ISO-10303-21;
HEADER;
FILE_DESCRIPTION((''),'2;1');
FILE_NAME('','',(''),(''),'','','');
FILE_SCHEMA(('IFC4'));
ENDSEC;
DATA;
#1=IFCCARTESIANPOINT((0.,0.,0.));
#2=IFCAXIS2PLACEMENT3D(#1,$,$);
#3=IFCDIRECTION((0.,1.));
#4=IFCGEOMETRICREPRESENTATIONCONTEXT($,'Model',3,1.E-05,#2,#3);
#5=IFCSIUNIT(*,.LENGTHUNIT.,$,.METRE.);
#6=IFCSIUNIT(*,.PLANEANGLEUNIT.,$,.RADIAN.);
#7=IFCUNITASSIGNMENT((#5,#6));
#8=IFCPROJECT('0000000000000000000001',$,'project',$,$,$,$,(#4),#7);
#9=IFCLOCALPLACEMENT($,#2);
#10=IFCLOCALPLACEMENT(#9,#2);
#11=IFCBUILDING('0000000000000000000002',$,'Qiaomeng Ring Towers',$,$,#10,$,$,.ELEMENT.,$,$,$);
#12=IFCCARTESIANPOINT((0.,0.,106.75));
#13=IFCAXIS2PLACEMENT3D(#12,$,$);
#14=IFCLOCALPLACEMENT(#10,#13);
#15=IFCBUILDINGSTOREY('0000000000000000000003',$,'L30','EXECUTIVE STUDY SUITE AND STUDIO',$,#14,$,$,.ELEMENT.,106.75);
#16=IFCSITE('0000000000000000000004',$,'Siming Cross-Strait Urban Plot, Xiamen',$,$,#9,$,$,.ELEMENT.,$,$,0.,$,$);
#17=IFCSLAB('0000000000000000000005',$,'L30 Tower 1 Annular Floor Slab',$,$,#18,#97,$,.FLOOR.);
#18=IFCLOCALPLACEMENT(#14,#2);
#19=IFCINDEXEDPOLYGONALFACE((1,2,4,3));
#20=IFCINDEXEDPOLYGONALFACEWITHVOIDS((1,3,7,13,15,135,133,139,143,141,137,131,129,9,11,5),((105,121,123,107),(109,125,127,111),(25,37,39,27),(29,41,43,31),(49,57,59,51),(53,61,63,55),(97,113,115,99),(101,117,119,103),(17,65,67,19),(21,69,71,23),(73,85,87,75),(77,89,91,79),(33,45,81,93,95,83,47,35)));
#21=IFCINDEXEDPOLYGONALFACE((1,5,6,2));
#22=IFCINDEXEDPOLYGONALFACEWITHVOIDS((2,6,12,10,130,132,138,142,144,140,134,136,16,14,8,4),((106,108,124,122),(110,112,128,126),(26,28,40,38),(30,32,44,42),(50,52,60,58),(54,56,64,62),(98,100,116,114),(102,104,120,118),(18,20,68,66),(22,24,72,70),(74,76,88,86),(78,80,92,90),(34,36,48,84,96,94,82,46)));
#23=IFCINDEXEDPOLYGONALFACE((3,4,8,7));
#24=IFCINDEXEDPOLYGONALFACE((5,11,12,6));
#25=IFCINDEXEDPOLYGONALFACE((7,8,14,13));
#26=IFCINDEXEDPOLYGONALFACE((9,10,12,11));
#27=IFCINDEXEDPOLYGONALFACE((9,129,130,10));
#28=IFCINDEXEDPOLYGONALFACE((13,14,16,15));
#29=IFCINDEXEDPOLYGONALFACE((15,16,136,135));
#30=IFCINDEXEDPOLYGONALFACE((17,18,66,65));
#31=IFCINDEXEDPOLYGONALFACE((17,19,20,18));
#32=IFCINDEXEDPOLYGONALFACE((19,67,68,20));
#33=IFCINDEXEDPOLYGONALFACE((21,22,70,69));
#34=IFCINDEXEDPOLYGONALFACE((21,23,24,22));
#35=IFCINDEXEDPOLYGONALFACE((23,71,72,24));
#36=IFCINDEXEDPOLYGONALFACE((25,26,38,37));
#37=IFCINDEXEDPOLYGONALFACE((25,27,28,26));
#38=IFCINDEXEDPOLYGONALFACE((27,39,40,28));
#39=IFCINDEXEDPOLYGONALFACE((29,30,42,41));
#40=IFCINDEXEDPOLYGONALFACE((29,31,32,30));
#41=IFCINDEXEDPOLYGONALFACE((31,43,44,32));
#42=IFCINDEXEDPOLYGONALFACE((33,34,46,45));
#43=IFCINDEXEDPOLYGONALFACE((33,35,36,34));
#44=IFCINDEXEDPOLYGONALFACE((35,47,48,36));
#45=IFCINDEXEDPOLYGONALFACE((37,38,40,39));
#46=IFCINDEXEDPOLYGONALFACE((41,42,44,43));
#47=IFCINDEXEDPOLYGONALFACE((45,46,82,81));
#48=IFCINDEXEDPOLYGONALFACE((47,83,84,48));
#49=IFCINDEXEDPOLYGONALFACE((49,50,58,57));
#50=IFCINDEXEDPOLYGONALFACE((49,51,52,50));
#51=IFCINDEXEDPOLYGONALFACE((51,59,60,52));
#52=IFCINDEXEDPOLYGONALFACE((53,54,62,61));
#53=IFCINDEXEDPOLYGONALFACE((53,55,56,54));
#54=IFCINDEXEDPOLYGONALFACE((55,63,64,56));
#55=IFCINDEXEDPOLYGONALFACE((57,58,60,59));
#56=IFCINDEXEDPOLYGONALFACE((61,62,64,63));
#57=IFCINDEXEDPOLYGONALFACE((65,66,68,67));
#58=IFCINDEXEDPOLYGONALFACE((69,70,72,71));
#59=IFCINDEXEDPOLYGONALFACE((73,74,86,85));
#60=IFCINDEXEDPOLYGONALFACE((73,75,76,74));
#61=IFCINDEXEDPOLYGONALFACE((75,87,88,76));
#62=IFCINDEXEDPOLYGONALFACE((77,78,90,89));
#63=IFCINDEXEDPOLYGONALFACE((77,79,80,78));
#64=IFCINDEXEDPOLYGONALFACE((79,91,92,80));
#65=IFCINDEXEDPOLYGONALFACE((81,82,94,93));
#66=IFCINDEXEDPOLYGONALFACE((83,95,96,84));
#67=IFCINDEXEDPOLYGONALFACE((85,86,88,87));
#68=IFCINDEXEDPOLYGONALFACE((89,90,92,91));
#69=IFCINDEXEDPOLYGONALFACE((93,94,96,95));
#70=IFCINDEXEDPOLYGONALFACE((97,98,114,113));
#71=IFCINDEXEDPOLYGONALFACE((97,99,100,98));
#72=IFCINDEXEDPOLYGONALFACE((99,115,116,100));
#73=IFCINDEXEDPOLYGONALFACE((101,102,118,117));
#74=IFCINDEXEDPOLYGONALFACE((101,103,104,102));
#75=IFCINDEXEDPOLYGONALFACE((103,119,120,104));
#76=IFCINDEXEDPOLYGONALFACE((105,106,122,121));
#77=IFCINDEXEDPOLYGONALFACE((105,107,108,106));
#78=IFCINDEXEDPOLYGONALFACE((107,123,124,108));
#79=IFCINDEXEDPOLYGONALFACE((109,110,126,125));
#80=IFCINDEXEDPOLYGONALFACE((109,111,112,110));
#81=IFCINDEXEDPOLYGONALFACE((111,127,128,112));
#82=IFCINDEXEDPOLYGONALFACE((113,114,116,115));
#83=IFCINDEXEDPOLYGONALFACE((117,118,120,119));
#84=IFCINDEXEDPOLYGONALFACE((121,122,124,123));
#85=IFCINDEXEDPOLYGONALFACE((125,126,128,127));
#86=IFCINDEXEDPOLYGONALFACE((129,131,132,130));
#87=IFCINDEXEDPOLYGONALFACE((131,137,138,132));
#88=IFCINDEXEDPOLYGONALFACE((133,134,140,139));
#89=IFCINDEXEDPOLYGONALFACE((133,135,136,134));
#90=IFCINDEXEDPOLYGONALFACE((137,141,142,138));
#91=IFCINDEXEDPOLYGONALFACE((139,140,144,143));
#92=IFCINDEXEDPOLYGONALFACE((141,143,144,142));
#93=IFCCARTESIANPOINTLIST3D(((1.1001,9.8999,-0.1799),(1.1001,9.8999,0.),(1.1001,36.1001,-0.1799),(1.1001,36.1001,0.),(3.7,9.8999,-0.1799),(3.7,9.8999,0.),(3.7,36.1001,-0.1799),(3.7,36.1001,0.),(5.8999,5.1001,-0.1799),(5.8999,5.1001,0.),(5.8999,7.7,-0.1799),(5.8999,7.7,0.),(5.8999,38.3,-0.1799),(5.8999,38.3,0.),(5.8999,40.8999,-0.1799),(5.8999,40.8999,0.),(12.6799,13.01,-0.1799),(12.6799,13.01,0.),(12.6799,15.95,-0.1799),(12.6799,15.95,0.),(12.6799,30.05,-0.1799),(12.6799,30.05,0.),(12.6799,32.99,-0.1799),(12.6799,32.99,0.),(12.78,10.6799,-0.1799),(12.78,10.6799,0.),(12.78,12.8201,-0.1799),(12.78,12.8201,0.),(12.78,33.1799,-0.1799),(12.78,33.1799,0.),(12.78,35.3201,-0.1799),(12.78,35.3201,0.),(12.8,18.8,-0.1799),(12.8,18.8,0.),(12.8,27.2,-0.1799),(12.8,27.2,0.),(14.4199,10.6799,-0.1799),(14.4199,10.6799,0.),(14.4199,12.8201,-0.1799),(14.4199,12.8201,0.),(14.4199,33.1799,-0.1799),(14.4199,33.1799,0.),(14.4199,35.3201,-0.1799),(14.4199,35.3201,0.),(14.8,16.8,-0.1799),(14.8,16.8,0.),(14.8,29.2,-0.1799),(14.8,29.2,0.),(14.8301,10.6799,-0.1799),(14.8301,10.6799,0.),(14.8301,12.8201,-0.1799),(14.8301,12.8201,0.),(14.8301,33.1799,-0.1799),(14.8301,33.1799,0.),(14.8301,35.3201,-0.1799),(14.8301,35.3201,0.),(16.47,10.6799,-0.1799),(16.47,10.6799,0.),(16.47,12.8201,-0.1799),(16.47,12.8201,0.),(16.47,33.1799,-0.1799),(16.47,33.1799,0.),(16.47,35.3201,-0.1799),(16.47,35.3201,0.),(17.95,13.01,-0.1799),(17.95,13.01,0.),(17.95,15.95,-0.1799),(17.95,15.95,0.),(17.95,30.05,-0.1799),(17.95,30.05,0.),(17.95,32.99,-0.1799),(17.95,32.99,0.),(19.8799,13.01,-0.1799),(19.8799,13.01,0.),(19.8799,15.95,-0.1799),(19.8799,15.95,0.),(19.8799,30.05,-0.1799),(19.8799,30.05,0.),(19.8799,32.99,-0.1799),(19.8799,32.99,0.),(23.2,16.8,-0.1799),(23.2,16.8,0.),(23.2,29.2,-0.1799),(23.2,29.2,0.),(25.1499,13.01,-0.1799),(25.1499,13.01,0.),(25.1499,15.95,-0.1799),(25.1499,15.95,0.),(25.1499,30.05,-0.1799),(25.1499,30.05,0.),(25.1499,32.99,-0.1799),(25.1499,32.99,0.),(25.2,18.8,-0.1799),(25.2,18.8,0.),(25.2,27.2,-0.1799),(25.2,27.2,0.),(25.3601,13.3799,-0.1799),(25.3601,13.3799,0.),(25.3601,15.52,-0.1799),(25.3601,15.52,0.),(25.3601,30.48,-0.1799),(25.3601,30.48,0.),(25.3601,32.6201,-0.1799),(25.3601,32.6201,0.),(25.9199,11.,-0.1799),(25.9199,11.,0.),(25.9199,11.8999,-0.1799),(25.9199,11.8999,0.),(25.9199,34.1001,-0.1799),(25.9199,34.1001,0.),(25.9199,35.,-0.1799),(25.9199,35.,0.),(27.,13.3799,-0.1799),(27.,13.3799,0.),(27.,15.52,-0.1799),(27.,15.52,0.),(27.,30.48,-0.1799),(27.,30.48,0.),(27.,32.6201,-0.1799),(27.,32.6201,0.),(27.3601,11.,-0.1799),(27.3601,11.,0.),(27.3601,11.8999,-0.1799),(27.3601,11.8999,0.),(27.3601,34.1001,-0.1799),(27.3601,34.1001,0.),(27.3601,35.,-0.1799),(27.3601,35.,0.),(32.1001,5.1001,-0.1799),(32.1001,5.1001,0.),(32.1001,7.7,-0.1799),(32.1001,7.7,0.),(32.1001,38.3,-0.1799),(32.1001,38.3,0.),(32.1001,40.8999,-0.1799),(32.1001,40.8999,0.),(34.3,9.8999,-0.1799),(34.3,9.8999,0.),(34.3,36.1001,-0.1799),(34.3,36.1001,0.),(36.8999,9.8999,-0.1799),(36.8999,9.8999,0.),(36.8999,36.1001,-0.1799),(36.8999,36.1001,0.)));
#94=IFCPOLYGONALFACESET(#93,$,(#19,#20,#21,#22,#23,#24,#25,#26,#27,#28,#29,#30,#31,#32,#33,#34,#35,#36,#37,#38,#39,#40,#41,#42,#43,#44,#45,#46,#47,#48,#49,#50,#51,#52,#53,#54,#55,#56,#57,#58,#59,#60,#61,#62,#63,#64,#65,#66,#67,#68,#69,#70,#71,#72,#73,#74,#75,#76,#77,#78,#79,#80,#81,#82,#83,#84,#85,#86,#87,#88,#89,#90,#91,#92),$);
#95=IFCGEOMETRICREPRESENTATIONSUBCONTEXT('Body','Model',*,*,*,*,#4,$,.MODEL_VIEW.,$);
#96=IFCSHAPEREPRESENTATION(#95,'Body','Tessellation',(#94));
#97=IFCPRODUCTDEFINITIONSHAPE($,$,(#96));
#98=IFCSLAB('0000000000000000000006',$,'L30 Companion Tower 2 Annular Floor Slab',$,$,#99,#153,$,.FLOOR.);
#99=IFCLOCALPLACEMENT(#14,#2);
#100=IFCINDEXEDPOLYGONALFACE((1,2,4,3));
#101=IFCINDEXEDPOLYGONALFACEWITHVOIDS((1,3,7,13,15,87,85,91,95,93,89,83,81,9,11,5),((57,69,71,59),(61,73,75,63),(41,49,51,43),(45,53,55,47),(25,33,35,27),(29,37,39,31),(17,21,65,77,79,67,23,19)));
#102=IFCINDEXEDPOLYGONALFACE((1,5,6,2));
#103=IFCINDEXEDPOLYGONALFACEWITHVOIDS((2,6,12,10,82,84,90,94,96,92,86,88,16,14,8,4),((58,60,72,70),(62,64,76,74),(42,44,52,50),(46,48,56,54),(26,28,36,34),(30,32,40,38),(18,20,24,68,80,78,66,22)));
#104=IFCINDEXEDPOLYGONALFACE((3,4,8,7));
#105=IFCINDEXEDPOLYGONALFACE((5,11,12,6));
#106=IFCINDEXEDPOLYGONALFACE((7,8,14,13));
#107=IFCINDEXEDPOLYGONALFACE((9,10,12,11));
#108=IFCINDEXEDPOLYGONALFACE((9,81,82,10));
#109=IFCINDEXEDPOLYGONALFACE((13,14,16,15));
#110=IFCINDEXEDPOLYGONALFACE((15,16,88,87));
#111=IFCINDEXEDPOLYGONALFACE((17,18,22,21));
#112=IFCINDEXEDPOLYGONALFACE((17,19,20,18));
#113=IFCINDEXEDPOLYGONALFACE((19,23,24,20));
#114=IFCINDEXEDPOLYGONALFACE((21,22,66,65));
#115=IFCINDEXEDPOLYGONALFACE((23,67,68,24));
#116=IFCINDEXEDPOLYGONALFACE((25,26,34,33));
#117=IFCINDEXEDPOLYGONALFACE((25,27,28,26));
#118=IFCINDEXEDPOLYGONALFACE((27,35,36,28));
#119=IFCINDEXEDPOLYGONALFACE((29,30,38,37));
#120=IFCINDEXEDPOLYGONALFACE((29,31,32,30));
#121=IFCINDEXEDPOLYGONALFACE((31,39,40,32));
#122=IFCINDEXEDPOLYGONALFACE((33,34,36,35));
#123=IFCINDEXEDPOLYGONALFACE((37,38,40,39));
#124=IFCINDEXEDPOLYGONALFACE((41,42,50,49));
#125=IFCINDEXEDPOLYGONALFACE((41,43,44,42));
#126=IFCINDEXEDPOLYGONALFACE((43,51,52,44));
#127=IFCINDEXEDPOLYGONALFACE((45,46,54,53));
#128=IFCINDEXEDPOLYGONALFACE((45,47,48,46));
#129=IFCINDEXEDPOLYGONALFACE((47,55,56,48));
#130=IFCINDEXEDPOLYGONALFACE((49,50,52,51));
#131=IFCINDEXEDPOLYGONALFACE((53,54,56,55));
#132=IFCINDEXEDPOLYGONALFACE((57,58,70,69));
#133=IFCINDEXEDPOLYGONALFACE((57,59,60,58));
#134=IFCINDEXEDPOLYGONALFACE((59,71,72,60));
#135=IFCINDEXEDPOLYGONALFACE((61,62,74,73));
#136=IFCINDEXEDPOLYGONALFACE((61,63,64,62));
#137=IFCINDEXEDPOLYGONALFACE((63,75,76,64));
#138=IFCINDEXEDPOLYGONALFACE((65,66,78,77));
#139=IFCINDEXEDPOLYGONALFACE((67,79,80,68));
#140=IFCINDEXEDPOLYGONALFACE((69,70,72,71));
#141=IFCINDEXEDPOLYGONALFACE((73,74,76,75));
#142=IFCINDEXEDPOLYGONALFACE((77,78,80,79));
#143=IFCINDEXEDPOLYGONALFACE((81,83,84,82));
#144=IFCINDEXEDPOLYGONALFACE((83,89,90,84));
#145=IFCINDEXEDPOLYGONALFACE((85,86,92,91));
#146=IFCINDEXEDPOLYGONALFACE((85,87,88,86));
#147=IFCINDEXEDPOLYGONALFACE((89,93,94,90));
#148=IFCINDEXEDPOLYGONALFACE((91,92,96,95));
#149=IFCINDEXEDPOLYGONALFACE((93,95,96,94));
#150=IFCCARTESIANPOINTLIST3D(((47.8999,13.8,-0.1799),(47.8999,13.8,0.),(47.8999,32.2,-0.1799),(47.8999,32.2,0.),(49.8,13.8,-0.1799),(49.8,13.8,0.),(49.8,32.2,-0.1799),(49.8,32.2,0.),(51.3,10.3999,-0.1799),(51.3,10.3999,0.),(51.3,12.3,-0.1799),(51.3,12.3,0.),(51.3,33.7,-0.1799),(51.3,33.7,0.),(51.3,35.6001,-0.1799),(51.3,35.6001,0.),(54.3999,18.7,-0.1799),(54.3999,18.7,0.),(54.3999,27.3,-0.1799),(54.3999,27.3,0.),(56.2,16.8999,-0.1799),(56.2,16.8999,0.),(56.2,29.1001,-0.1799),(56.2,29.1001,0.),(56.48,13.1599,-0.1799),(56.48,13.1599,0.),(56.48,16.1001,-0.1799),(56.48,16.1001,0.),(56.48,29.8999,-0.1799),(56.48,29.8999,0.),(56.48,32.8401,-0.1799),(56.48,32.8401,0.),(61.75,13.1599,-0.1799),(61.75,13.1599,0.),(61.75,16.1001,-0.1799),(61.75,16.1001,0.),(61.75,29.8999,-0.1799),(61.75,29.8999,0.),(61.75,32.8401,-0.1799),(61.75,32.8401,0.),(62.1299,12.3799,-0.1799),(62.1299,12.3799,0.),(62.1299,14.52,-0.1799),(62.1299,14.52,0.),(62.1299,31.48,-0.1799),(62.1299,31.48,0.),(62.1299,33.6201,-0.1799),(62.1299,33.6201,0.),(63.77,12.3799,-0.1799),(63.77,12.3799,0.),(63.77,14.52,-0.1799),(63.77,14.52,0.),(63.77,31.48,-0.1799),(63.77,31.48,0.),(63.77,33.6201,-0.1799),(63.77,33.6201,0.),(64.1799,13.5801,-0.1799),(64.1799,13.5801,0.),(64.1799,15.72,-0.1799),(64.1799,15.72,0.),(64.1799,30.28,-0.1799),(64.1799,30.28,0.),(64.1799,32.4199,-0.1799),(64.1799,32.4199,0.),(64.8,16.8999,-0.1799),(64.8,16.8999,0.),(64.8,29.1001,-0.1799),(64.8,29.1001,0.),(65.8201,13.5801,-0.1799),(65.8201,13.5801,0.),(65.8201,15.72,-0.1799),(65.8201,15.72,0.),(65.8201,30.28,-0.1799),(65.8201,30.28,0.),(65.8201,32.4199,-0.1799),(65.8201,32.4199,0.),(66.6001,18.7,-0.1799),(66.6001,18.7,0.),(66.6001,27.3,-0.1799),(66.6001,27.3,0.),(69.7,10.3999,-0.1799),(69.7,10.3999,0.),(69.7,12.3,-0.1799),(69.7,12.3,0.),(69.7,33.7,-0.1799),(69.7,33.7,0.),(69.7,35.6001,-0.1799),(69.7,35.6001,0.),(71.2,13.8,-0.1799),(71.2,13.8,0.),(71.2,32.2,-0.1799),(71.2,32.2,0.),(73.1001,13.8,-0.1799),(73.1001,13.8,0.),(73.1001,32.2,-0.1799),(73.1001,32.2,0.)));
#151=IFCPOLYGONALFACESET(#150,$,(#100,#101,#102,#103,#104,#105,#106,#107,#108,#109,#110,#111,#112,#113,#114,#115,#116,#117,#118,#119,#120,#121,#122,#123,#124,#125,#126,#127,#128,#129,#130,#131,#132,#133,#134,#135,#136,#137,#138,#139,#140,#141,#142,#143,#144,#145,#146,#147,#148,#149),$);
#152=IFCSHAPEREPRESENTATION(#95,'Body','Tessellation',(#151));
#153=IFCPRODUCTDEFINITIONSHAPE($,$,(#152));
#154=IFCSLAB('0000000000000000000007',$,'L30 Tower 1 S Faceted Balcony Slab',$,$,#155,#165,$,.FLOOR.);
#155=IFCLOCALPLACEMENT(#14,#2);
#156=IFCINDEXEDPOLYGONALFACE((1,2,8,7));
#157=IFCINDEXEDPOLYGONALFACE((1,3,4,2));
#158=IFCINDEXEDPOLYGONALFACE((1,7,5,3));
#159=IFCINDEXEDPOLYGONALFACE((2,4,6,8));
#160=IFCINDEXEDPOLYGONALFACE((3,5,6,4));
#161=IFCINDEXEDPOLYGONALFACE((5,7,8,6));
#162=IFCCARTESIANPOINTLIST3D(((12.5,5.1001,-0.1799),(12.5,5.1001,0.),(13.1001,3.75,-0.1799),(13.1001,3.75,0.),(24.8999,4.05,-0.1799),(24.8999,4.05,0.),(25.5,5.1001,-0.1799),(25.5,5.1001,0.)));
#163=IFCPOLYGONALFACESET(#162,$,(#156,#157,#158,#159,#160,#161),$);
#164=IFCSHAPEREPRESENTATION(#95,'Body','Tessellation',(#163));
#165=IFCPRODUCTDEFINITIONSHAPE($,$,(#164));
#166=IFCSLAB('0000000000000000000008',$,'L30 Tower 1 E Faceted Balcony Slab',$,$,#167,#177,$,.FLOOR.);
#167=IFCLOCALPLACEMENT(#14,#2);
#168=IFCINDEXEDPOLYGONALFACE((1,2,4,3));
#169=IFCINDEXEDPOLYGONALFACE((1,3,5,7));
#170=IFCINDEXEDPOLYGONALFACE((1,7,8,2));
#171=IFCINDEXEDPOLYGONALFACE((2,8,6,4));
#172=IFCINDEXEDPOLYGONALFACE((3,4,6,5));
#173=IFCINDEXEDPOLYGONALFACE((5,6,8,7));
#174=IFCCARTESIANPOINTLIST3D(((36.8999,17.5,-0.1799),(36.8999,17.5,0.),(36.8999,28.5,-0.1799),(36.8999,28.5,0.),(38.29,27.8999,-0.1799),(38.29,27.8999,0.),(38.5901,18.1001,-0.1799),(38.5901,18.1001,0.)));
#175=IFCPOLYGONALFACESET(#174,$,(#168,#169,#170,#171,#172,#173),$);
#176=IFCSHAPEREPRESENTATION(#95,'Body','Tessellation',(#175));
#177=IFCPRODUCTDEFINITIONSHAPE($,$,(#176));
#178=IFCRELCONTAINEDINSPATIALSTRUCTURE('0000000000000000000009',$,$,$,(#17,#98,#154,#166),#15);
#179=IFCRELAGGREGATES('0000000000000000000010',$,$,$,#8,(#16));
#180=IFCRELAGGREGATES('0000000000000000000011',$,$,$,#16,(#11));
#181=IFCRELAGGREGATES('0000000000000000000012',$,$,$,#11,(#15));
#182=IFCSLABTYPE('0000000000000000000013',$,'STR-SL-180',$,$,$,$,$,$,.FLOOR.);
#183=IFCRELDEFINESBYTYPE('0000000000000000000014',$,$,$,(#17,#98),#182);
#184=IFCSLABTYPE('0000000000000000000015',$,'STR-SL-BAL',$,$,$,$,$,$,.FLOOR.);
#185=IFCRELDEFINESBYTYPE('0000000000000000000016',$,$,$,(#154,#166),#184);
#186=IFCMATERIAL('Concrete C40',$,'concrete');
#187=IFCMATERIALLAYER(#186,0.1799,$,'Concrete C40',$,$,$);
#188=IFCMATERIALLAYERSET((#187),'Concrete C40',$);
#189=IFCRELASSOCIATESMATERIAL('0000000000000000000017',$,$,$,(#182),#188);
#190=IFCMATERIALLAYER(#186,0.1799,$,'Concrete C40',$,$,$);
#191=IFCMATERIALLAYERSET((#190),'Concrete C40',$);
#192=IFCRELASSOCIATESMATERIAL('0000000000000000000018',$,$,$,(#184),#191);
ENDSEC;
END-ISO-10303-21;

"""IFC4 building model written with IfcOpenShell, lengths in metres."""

from ifc_helpers import new_model, si_unit, direction, frame, origin, place, context, subcontext, project, spatial, polyline, outline, extrude, material, layer, layer_set, type_object, element, save


model = new_model("IFC4")

# Units and contexts
model_context = context("Model", 3, precision=1e-05, world=origin(), true_north=direction((0.0, 1.0)))
body_context = subcontext(model_context, "Body", "Model", "MODEL_VIEW")
ifc_project = project(units=[si_unit("LENGTHUNIT", "METRE"), si_unit("PLANEANGLEUNIT", "RADIAN")], contexts=[model_context])

# Site, building, storey
site_placement = place(None, origin())
site = spatial("IfcSite", under=ifc_project, at=site_placement, Name="Siming Cross-Strait Urban Plot, Xiamen", CompositionType="ELEMENT", RefElevation=0.0)
building_placement = place(site_placement, origin())
building = spatial("IfcBuilding", under=site, at=building_placement, Name="Qiaomeng Ring Towers", CompositionType="ELEMENT")
storey_placement = place(building_placement, frame((0.0, 0.0, 106.75)))
storey = spatial("IfcBuildingStorey", under=building, at=storey_placement, Name="L30", Description="EXECUTIVE STUDY SUITE AND STUDIO", CompositionType="ELEMENT", Elevation=106.75)

# Slabs
ifc_material_1 = material(Name="Concrete C40", Category="concrete")
ifc_layer_1 = layer(ifc_material_1, 0.1799, Name="Concrete C40")
ifc_layer_set_1 = layer_set([ifc_layer_1], Name="Concrete C40")
slab_type_1 = type_object("IfcSlabType", Name="STR-SL-180", PredefinedType="FLOOR", material=ifc_layer_set_1)
slab_1_placement = place(storey_placement, frame((0.0, 0.0, -0.1799)))
element("IfcSlab", 1, at=slab_1_placement, inside=storey, type_object=slab_type_1, Name="L30 Tower 1 Annular Floor Slab", PredefinedType="FLOOR", context=body_context, shape_type="SweptSolid", body=[
    extrude(outline(polyline([(5.8999, 5.1001), (32.1001, 5.1001), (32.1001, 7.7), (34.3, 9.8999), (36.8999, 9.8999), (36.8999, 36.1001), (34.3, 36.1001), (32.1001, 38.3), (32.1001, 40.8999), (5.8999, 40.8999), (5.8999, 38.3), (3.7, 36.1001), (1.1001, 36.1001), (1.1001, 9.8999), (3.7, 9.8999), (5.8999, 7.7), (5.8999, 5.1001)]), holes=[polyline([(12.78, 10.6799), (12.78, 12.8201), (14.4199, 12.8201), (14.4199, 10.6799), (12.78, 10.6799)]), polyline([(14.8301, 12.8201), (16.47, 12.8201), (16.47, 10.6799), (14.8301, 10.6799), (14.8301, 12.8201)]), polyline([(12.6799, 15.95), (17.95, 15.95), (17.95, 13.01), (12.6799, 13.01), (12.6799, 15.95)]), polyline([(23.2, 29.2), (25.2, 27.2), (25.2, 18.8), (23.2, 16.8), (14.8, 16.8), (12.8, 18.8), (12.8, 27.2), (14.8, 29.2), (23.2, 29.2)]), polyline([(12.6799, 32.99), (17.95, 32.99), (17.95, 30.05), (12.6799, 30.05), (12.6799, 32.99)]), polyline([(12.78, 35.3201), (14.4199, 35.3201), (14.4199, 33.1799), (12.78, 33.1799), (12.78, 35.3201)]), polyline([(14.8301, 33.1799), (14.8301, 35.3201), (16.47, 35.3201), (16.47, 33.1799), (14.8301, 33.1799)]), polyline([(25.9199, 11.8999), (27.3601, 11.8999), (27.3601, 11.0), (25.9199, 11.0), (25.9199, 11.8999)]), polyline([(25.3601, 15.52), (27.0, 15.52), (27.0, 13.3799), (25.3601, 13.3799), (25.3601, 15.52)]), polyline([(19.8799, 15.95), (25.1499, 15.95), (25.1499, 13.01), (19.8799, 13.01), (19.8799, 15.95)]), polyline([(19.8799, 32.99), (25.1499, 32.99), (25.1499, 30.05), (19.8799, 30.05), (19.8799, 32.99)]), polyline([(25.3601, 32.6201), (27.0, 32.6201), (27.0, 30.48), (25.3601, 30.48), (25.3601, 32.6201)]), polyline([(25.9199, 35.0), (27.3601, 35.0), (27.3601, 34.1001), (25.9199, 34.1001), (25.9199, 35.0)])]), origin(), (0.0, 0.0, 1.0), 0.1799),
])
slab_2_placement = place(storey_placement, frame((0.0, 0.0, -0.1799)))
element("IfcSlab", 2, at=slab_2_placement, inside=storey, type_object=slab_type_1, Name="L30 Companion Tower 2 Annular Floor Slab", PredefinedType="FLOOR", context=body_context, shape_type="SweptSolid", body=[
    extrude(outline(polyline([(51.3, 10.3999), (69.7, 10.3999), (69.7, 12.3), (71.2, 13.8), (73.1001, 13.8), (73.1001, 32.2), (71.2, 32.2), (69.7, 33.7), (69.7, 35.6001), (51.3, 35.6001), (51.3, 33.7), (49.8, 32.2), (47.8999, 32.2), (47.8999, 13.8), (49.8, 13.8), (51.3, 12.3), (51.3, 10.3999)]), holes=[polyline([(62.1299, 12.3799), (62.1299, 14.52), (63.77, 14.52), (63.77, 12.3799), (62.1299, 12.3799)]), polyline([(56.48, 13.1599), (56.48, 16.1001), (61.75, 16.1001), (61.75, 13.1599), (56.48, 13.1599)]), polyline([(64.1799, 13.5801), (64.1799, 15.72), (65.8201, 15.72), (65.8201, 13.5801), (64.1799, 13.5801)]), polyline([(64.8, 29.1001), (66.6001, 27.3), (66.6001, 18.7), (64.8, 16.8999), (56.2, 16.8999), (54.3999, 18.7), (54.3999, 27.3), (56.2, 29.1001), (64.8, 29.1001)]), polyline([(64.1799, 30.28), (64.1799, 32.4199), (65.8201, 32.4199), (65.8201, 30.28), (64.1799, 30.28)]), polyline([(56.48, 32.8401), (61.75, 32.8401), (61.75, 29.8999), (56.48, 29.8999), (56.48, 32.8401)]), polyline([(62.1299, 33.6201), (63.77, 33.6201), (63.77, 31.48), (62.1299, 31.48), (62.1299, 33.6201)])]), origin(), (0.0, 0.0, 1.0), 0.1799),
])
ifc_layer_2 = layer(ifc_material_1, 0.1799, Name="Concrete C40")
ifc_layer_set_2 = layer_set([ifc_layer_2], Name="Concrete C40")
slab_type_2 = type_object("IfcSlabType", Name="STR-SL-BAL", PredefinedType="FLOOR", material=ifc_layer_set_2)
slab_3_placement = place(storey_placement, frame((0.0, 0.0, -0.1799)))
element("IfcSlab", 3, at=slab_3_placement, inside=storey, type_object=slab_type_2, Name="L30 Tower 1 S Faceted Balcony Slab", PredefinedType="FLOOR", context=body_context, shape_type="SweptSolid", body=[
    extrude(outline(polyline([(24.8999, 4.05), (13.1001, 3.75), (12.5, 5.1001), (25.5, 5.1001), (24.8999, 4.05)])), origin(), (0.0, 0.0, 1.0), 0.1799),
])
slab_4_placement = place(storey_placement, frame((0.0, 0.0, -0.1799)))
element("IfcSlab", 4, at=slab_4_placement, inside=storey, type_object=slab_type_2, Name="L30 Tower 1 E Faceted Balcony Slab", PredefinedType="FLOOR", context=body_context, shape_type="SweptSolid", body=[
    extrude(outline(polyline([(38.29, 27.8999), (38.5901, 18.1001), (36.8999, 17.5), (36.8999, 28.5), (38.29, 27.8999)])), origin(), (0.0, 0.0, 1.0), 0.1799),
])

save(model, "model.ifc")
